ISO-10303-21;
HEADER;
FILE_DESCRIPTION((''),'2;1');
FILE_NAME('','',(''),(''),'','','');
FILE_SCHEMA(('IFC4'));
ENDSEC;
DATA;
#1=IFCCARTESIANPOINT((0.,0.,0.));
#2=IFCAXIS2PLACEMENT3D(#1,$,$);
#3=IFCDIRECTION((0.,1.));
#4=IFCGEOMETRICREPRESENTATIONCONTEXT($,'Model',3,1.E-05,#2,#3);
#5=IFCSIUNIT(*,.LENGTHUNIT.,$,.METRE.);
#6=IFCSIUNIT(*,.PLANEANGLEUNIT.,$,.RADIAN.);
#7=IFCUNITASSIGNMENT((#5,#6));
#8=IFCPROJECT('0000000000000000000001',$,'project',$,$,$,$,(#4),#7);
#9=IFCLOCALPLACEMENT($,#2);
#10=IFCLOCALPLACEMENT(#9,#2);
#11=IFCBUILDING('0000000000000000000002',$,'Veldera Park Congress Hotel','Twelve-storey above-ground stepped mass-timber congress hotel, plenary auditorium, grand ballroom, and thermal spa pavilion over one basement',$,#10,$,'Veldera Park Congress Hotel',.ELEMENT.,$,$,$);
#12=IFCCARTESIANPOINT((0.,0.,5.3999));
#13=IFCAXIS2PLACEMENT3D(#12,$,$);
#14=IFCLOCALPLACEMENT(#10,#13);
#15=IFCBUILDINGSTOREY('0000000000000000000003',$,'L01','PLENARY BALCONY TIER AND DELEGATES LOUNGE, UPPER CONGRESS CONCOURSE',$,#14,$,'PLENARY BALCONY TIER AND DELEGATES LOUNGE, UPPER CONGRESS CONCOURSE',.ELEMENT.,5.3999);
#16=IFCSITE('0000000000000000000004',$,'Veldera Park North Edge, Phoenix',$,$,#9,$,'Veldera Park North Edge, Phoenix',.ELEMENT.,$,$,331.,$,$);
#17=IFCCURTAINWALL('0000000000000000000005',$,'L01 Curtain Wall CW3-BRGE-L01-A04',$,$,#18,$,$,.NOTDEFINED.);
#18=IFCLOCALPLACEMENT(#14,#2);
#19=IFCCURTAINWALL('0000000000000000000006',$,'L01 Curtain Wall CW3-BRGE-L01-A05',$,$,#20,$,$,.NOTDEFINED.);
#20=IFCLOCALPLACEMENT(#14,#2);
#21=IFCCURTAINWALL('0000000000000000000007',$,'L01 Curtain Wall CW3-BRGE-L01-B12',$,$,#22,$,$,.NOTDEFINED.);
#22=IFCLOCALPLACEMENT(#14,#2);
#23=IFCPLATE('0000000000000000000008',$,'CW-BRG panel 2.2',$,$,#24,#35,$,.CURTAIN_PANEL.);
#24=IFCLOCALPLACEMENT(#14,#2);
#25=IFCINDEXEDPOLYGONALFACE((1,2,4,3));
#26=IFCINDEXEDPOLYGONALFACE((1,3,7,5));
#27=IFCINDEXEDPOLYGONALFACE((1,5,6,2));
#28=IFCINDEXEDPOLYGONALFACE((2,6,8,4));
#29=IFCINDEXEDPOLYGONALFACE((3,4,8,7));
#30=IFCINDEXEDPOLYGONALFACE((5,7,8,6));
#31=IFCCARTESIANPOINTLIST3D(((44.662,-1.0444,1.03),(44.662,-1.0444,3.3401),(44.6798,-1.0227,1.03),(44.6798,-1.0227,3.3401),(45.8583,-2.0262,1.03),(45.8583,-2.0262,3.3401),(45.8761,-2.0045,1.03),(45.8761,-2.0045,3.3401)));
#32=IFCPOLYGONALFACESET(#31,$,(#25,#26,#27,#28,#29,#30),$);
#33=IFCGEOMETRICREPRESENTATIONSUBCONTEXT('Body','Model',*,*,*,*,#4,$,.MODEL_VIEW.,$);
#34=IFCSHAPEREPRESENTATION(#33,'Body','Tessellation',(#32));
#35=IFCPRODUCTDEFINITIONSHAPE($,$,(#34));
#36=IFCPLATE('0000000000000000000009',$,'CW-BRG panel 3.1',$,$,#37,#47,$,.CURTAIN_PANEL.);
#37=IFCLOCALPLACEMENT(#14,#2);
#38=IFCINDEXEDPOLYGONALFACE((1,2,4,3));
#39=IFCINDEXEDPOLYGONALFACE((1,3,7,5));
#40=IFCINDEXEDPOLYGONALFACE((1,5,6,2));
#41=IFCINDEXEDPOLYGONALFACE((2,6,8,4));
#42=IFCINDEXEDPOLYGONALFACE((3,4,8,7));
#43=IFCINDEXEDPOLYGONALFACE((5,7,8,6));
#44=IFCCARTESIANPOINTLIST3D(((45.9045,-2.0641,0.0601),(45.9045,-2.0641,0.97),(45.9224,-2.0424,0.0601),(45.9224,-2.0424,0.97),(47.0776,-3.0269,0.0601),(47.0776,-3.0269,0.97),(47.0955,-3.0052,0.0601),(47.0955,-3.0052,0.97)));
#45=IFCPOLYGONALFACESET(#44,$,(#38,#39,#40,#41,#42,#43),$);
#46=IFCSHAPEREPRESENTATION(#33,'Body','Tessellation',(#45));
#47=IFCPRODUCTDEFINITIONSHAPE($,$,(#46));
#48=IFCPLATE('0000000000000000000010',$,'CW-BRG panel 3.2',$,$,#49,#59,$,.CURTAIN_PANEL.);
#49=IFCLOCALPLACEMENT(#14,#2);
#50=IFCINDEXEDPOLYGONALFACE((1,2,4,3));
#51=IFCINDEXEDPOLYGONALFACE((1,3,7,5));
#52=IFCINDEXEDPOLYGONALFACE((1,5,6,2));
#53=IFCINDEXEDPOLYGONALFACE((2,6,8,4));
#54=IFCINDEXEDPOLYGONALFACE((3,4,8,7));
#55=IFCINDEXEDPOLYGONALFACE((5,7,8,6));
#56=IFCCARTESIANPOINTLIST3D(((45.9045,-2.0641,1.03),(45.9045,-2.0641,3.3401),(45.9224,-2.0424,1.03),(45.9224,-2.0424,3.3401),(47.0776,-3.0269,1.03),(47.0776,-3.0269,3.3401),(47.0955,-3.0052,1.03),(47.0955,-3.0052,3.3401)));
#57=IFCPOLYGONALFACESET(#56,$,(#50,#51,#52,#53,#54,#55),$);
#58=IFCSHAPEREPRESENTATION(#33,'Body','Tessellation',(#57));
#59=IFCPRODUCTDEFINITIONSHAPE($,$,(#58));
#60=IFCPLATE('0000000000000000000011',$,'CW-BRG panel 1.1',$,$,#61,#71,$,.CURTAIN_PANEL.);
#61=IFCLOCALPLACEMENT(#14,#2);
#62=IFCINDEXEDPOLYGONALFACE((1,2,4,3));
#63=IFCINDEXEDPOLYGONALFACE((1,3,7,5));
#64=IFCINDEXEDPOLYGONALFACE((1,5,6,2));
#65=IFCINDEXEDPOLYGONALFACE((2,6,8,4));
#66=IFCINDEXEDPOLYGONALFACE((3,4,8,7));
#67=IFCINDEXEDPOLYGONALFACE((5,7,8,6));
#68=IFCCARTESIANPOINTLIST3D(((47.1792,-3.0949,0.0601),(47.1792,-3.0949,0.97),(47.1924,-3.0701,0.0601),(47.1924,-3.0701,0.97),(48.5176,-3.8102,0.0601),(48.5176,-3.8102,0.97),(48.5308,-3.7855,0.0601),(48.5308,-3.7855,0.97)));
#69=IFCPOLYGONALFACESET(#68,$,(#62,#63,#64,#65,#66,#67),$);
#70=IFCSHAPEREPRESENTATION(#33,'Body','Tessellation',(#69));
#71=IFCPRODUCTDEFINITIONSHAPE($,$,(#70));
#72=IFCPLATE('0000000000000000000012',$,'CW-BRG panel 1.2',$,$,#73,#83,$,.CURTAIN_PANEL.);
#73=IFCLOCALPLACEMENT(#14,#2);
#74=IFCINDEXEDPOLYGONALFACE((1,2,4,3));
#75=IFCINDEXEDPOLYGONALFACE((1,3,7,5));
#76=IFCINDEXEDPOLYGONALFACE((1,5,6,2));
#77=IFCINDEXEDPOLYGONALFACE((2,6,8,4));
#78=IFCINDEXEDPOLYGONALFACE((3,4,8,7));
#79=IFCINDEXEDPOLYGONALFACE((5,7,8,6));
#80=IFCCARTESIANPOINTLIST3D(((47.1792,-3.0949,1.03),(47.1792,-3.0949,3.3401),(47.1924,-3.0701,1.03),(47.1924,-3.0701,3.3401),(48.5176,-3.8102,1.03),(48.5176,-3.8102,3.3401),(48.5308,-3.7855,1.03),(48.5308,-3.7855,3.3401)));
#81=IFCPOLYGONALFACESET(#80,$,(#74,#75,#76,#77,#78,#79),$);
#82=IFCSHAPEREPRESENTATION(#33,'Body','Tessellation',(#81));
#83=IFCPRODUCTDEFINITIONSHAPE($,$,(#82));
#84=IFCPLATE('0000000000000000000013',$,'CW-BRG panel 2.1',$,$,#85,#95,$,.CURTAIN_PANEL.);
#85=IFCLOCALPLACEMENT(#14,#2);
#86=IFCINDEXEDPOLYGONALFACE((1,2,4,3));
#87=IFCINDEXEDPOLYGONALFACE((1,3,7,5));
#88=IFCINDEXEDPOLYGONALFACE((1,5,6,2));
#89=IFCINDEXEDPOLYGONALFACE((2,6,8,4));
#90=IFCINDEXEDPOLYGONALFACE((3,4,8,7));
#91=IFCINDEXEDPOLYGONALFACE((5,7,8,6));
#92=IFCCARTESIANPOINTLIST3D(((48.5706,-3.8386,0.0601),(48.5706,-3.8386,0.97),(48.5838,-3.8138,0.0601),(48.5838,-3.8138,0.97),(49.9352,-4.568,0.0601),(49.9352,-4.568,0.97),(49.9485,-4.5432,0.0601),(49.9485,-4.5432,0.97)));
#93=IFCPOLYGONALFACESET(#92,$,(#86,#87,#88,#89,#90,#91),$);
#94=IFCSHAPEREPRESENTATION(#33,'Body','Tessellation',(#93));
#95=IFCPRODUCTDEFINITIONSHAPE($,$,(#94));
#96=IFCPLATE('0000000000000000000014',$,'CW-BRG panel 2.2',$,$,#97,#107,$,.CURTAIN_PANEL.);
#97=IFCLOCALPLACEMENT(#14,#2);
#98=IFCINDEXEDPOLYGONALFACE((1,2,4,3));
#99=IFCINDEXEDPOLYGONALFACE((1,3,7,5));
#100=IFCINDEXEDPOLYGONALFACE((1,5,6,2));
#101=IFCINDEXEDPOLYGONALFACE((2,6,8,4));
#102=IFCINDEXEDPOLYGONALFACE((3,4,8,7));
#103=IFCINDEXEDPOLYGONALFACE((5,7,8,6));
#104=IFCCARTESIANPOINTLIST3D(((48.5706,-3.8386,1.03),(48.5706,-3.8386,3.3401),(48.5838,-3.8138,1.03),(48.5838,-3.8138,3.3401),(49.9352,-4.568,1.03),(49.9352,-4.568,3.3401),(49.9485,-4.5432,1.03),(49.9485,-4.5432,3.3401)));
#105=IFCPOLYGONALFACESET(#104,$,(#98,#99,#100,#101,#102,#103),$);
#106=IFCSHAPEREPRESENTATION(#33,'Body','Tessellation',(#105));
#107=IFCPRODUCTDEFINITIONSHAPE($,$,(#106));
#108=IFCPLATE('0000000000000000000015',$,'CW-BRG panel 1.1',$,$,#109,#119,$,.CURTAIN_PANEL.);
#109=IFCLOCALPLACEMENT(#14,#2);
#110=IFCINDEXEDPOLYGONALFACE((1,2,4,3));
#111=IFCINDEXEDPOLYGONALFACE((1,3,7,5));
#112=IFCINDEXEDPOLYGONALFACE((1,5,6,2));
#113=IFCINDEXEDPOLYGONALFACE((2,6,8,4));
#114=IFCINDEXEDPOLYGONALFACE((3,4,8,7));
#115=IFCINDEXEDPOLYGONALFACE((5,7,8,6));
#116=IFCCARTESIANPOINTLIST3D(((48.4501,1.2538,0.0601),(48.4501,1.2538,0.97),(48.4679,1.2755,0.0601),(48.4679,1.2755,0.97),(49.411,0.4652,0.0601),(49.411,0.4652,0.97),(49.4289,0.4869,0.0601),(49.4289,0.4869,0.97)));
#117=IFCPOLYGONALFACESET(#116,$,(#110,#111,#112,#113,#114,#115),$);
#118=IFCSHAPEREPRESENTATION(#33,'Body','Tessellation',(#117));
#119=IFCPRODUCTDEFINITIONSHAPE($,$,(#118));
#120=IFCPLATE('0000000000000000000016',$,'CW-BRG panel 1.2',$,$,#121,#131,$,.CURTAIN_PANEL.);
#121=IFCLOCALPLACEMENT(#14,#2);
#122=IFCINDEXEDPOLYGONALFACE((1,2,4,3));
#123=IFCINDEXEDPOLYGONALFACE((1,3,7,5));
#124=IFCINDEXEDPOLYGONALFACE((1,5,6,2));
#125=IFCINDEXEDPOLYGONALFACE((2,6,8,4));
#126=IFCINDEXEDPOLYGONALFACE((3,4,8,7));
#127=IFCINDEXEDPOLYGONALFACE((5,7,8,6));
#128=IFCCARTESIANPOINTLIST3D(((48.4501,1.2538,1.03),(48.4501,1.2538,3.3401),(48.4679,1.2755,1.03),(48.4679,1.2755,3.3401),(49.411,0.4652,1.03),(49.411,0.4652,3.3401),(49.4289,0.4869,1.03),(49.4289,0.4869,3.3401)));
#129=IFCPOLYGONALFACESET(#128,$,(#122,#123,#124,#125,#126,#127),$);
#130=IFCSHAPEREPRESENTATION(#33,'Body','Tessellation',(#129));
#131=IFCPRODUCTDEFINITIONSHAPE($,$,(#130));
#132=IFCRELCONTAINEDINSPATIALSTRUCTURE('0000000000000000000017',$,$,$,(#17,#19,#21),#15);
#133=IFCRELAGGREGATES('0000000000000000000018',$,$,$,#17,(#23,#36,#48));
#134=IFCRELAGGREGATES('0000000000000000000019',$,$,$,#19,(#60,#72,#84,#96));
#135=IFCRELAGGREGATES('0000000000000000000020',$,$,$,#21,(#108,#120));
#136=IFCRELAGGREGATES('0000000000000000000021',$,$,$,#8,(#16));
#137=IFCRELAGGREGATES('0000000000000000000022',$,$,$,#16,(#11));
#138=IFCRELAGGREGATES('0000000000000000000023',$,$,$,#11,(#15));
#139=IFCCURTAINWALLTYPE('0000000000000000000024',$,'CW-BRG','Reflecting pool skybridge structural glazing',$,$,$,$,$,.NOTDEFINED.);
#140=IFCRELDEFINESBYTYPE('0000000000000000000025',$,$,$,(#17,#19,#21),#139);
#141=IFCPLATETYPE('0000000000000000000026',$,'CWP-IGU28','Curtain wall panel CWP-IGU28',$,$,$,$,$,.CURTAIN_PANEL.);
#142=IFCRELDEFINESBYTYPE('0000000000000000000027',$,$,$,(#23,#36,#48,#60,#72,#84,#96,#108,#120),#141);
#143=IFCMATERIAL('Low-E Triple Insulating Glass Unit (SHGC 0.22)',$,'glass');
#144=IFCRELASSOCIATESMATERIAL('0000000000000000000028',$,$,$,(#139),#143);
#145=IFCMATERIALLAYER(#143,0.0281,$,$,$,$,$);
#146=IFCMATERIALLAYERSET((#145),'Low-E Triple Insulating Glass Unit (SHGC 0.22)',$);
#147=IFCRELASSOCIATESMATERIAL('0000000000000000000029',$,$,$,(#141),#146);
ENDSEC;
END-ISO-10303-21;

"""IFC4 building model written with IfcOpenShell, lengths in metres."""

from ifc_helpers import new_model, si_unit, direction, frame, origin, origin_2d, place, context, subcontext, project, spatial, rectangle, extrude, material, layer, layer_set, type_object, element, aggregate, save


model = new_model("IFC4")

# Units and contexts
model_context = context("Model", 3, precision=1e-05, world=origin(), true_north=direction((0.0, 1.0)))
body_context = subcontext(model_context, "Body", "Model", "MODEL_VIEW")
ifc_project = project(units=[si_unit("LENGTHUNIT", "METRE"), si_unit("PLANEANGLEUNIT", "RADIAN")], contexts=[model_context])

# Site, building, storey
site_placement = place(None, origin())
site = spatial("IfcSite", under=ifc_project, at=site_placement, Name="Veldera Park North Edge, Phoenix", LongName="Veldera Park North Edge, Phoenix", CompositionType="ELEMENT", RefElevation=331.0)
building_placement = place(site_placement, origin())
building = spatial("IfcBuilding", under=site, at=building_placement, Name="Veldera Park Congress Hotel", Description="Twelve-storey above-ground stepped mass-timber congress hotel, plenary auditorium, grand ballroom, and thermal spa pavilion over one basement", LongName="Veldera Park Congress Hotel", CompositionType="ELEMENT")
storey_placement = place(building_placement, frame((0.0, 0.0, 5.3999)))
storey = spatial("IfcBuildingStorey", under=building, at=storey_placement, Name="L01", Description="PLENARY BALCONY TIER AND DELEGATES LOUNGE, UPPER CONGRESS CONCOURSE", LongName="PLENARY BALCONY TIER AND DELEGATES LOUNGE, UPPER CONGRESS CONCOURSE", CompositionType="ELEMENT", Elevation=5.3999)

# Shared definitions
ifc_material_1 = material(Name="Low-E Triple Insulating Glass Unit (SHGC 0.22)", Category="glass")
curtain_wall_type = type_object("IfcCurtainWallType", Name="CW-BRG", Description="Reflecting pool skybridge structural glazing", PredefinedType="NOTDEFINED", material=ifc_material_1)

# Curtain walls
curtain_wall_1_placement = place(storey_placement, origin())
curtain_wall_1 = element("IfcCurtainWall", 1, at=curtain_wall_1_placement, inside=storey, type_object=curtain_wall_type, Name="L01 Curtain Wall CW3-BRGE-L01-A04", PredefinedType="NOTDEFINED")
curtain_wall_2_placement = place(storey_placement, origin())
curtain_wall_2 = element("IfcCurtainWall", 2, at=curtain_wall_2_placement, inside=storey, type_object=curtain_wall_type, Name="L01 Curtain Wall CW3-BRGE-L01-A05", PredefinedType="NOTDEFINED")

# Curtain wall
curtain_wall_3_placement = place(storey_placement, origin())
curtain_wall_3 = element("IfcCurtainWall", 3, at=curtain_wall_3_placement, inside=storey, type_object=curtain_wall_type, Name="L01 Curtain Wall CW3-BRGE-L01-B12", PredefinedType="NOTDEFINED")

# Plates
ifc_layer = layer(ifc_material_1, 0.0281)
ifc_layer_set = layer_set([ifc_layer], Name="Low-E Triple Insulating Glass Unit (SHGC 0.22)")
plate_type = type_object("IfcPlateType", Name="CWP-IGU28", Description="Curtain wall panel CWP-IGU28", PredefinedType="CURTAIN_PANEL", material=ifc_layer_set)
plate_1_placement = place(storey_placement, frame((45.269, -1.5244, 1.03), z_axis=(0.0, 0.0, 1.0), x_axis=(0.773003, -0.634402, 0.0)))
plate_1 = element("IfcPlate", 4, at=plate_1_placement, type_object=plate_type, Name="CW-BRG panel 2.2", PredefinedType="CURTAIN_PANEL", context=body_context, shape_type="SweptSolid", body=[
    extrude(rectangle(XDim=1.5476, YDim=0.0281, at=origin_2d()), origin(), (0.0, 0.0, 1.0), 2.3101),
])
plate_2_placement = place(storey_placement, frame((46.5, -2.5347, 0.0601), z_axis=(0.0, 0.0, 1.0), x_axis=(0.773003, -0.634402, 0.0)))
plate_2 = element("IfcPlate", 5, at=plate_2_placement, type_object=plate_type, Name="CW-BRG panel 3.1", PredefinedType="CURTAIN_PANEL", context=body_context, shape_type="SweptSolid", body=[
    extrude(rectangle(XDim=1.5176, YDim=0.0281, at=origin_2d()), origin(), (0.0, 0.0, 1.0), 0.9099),
])
plate_3_placement = place(storey_placement, frame((46.5, -2.5347, 1.03), z_axis=(0.0, 0.0, 1.0), x_axis=(0.773003, -0.634402, 0.0)))
plate_3 = element("IfcPlate", 6, at=plate_3_placement, type_object=plate_type, Name="CW-BRG panel 3.2", PredefinedType="CURTAIN_PANEL", context=body_context, shape_type="SweptSolid", body=[
    extrude(rectangle(XDim=1.5176, YDim=0.0281, at=origin_2d()), origin(), (0.0, 0.0, 1.0), 2.3101),
])
aggregate(curtain_wall_1, [plate_1, plate_2, plate_3])
plate_4_placement = place(storey_placement, frame((47.855, -3.4402, 0.0601), z_axis=(0.0, 0.0, 1.0), x_axis=(0.881928, -0.471385, 0.0)))
plate_4 = element("IfcPlate", 7, at=plate_4_placement, type_object=plate_type, Name="CW-BRG panel 1.1", PredefinedType="CURTAIN_PANEL", context=body_context, shape_type="SweptSolid", body=[
    extrude(rectangle(XDim=1.5176, YDim=0.0281, at=origin_2d()), origin(), (0.0, 0.0, 1.0), 0.9099),
])
plate_5_placement = place(storey_placement, frame((47.855, -3.4402, 1.03), z_axis=(0.0, 0.0, 1.0), x_axis=(0.881928, -0.471385, 0.0)))
plate_5 = element("IfcPlate", 8, at=plate_5_placement, type_object=plate_type, Name="CW-BRG panel 1.2", PredefinedType="CURTAIN_PANEL", context=body_context, shape_type="SweptSolid", body=[
    extrude(rectangle(XDim=1.5176, YDim=0.0281, at=origin_2d()), origin(), (0.0, 0.0, 1.0), 2.3101),
])
plate_6_placement = place(storey_placement, frame((49.2595, -4.1909, 0.0601), z_axis=(0.0, 0.0, 1.0), x_axis=(0.881928, -0.471385, 0.0)))
plate_6 = element("IfcPlate", 9, at=plate_6_placement, type_object=plate_type, Name="CW-BRG panel 2.1", PredefinedType="CURTAIN_PANEL", context=body_context, shape_type="SweptSolid", body=[
    extrude(rectangle(XDim=1.5474, YDim=0.0281, at=origin_2d()), origin(), (0.0, 0.0, 1.0), 0.9099),
])
plate_7_placement = place(storey_placement, frame((49.2595, -4.1909, 1.03), z_axis=(0.0, 0.0, 1.0), x_axis=(0.881928, -0.471385, 0.0)))
plate_7 = element("IfcPlate", 10, at=plate_7_placement, type_object=plate_type, Name="CW-BRG panel 2.2", PredefinedType="CURTAIN_PANEL", context=body_context, shape_type="SweptSolid", body=[
    extrude(rectangle(XDim=1.5474, YDim=0.0281, at=origin_2d()), origin(), (0.0, 0.0, 1.0), 2.3101),
])
aggregate(curtain_wall_2, [plate_4, plate_5, plate_6, plate_7])
plate_8_placement = place(storey_placement, frame((48.9395, 0.8704, 0.0601), z_axis=(0.0, 0.0, 1.0), x_axis=(-0.773016, 0.634386, 0.0)))
plate_8 = element("IfcPlate", 11, at=plate_8_placement, type_object=plate_type, Name="CW-BRG panel 1.1", PredefinedType="CURTAIN_PANEL", context=body_context, shape_type="SweptSolid", body=[
    extrude(rectangle(XDim=1.2432, YDim=0.0281, at=origin_2d()), origin(), (0.0, 0.0, 1.0), 0.9099),
])
plate_9_placement = place(storey_placement, frame((48.9395, 0.8704, 1.03), z_axis=(0.0, 0.0, 1.0), x_axis=(-0.773016, 0.634386, 0.0)))
plate_9 = element("IfcPlate", 12, at=plate_9_placement, type_object=plate_type, Name="CW-BRG panel 1.2", PredefinedType="CURTAIN_PANEL", context=body_context, shape_type="SweptSolid", body=[
    extrude(rectangle(XDim=1.2432, YDim=0.0281, at=origin_2d()), origin(), (0.0, 0.0, 1.0), 2.3101),
])
aggregate(curtain_wall_3, [plate_8, plate_9])

save(model, "model.ifc")
